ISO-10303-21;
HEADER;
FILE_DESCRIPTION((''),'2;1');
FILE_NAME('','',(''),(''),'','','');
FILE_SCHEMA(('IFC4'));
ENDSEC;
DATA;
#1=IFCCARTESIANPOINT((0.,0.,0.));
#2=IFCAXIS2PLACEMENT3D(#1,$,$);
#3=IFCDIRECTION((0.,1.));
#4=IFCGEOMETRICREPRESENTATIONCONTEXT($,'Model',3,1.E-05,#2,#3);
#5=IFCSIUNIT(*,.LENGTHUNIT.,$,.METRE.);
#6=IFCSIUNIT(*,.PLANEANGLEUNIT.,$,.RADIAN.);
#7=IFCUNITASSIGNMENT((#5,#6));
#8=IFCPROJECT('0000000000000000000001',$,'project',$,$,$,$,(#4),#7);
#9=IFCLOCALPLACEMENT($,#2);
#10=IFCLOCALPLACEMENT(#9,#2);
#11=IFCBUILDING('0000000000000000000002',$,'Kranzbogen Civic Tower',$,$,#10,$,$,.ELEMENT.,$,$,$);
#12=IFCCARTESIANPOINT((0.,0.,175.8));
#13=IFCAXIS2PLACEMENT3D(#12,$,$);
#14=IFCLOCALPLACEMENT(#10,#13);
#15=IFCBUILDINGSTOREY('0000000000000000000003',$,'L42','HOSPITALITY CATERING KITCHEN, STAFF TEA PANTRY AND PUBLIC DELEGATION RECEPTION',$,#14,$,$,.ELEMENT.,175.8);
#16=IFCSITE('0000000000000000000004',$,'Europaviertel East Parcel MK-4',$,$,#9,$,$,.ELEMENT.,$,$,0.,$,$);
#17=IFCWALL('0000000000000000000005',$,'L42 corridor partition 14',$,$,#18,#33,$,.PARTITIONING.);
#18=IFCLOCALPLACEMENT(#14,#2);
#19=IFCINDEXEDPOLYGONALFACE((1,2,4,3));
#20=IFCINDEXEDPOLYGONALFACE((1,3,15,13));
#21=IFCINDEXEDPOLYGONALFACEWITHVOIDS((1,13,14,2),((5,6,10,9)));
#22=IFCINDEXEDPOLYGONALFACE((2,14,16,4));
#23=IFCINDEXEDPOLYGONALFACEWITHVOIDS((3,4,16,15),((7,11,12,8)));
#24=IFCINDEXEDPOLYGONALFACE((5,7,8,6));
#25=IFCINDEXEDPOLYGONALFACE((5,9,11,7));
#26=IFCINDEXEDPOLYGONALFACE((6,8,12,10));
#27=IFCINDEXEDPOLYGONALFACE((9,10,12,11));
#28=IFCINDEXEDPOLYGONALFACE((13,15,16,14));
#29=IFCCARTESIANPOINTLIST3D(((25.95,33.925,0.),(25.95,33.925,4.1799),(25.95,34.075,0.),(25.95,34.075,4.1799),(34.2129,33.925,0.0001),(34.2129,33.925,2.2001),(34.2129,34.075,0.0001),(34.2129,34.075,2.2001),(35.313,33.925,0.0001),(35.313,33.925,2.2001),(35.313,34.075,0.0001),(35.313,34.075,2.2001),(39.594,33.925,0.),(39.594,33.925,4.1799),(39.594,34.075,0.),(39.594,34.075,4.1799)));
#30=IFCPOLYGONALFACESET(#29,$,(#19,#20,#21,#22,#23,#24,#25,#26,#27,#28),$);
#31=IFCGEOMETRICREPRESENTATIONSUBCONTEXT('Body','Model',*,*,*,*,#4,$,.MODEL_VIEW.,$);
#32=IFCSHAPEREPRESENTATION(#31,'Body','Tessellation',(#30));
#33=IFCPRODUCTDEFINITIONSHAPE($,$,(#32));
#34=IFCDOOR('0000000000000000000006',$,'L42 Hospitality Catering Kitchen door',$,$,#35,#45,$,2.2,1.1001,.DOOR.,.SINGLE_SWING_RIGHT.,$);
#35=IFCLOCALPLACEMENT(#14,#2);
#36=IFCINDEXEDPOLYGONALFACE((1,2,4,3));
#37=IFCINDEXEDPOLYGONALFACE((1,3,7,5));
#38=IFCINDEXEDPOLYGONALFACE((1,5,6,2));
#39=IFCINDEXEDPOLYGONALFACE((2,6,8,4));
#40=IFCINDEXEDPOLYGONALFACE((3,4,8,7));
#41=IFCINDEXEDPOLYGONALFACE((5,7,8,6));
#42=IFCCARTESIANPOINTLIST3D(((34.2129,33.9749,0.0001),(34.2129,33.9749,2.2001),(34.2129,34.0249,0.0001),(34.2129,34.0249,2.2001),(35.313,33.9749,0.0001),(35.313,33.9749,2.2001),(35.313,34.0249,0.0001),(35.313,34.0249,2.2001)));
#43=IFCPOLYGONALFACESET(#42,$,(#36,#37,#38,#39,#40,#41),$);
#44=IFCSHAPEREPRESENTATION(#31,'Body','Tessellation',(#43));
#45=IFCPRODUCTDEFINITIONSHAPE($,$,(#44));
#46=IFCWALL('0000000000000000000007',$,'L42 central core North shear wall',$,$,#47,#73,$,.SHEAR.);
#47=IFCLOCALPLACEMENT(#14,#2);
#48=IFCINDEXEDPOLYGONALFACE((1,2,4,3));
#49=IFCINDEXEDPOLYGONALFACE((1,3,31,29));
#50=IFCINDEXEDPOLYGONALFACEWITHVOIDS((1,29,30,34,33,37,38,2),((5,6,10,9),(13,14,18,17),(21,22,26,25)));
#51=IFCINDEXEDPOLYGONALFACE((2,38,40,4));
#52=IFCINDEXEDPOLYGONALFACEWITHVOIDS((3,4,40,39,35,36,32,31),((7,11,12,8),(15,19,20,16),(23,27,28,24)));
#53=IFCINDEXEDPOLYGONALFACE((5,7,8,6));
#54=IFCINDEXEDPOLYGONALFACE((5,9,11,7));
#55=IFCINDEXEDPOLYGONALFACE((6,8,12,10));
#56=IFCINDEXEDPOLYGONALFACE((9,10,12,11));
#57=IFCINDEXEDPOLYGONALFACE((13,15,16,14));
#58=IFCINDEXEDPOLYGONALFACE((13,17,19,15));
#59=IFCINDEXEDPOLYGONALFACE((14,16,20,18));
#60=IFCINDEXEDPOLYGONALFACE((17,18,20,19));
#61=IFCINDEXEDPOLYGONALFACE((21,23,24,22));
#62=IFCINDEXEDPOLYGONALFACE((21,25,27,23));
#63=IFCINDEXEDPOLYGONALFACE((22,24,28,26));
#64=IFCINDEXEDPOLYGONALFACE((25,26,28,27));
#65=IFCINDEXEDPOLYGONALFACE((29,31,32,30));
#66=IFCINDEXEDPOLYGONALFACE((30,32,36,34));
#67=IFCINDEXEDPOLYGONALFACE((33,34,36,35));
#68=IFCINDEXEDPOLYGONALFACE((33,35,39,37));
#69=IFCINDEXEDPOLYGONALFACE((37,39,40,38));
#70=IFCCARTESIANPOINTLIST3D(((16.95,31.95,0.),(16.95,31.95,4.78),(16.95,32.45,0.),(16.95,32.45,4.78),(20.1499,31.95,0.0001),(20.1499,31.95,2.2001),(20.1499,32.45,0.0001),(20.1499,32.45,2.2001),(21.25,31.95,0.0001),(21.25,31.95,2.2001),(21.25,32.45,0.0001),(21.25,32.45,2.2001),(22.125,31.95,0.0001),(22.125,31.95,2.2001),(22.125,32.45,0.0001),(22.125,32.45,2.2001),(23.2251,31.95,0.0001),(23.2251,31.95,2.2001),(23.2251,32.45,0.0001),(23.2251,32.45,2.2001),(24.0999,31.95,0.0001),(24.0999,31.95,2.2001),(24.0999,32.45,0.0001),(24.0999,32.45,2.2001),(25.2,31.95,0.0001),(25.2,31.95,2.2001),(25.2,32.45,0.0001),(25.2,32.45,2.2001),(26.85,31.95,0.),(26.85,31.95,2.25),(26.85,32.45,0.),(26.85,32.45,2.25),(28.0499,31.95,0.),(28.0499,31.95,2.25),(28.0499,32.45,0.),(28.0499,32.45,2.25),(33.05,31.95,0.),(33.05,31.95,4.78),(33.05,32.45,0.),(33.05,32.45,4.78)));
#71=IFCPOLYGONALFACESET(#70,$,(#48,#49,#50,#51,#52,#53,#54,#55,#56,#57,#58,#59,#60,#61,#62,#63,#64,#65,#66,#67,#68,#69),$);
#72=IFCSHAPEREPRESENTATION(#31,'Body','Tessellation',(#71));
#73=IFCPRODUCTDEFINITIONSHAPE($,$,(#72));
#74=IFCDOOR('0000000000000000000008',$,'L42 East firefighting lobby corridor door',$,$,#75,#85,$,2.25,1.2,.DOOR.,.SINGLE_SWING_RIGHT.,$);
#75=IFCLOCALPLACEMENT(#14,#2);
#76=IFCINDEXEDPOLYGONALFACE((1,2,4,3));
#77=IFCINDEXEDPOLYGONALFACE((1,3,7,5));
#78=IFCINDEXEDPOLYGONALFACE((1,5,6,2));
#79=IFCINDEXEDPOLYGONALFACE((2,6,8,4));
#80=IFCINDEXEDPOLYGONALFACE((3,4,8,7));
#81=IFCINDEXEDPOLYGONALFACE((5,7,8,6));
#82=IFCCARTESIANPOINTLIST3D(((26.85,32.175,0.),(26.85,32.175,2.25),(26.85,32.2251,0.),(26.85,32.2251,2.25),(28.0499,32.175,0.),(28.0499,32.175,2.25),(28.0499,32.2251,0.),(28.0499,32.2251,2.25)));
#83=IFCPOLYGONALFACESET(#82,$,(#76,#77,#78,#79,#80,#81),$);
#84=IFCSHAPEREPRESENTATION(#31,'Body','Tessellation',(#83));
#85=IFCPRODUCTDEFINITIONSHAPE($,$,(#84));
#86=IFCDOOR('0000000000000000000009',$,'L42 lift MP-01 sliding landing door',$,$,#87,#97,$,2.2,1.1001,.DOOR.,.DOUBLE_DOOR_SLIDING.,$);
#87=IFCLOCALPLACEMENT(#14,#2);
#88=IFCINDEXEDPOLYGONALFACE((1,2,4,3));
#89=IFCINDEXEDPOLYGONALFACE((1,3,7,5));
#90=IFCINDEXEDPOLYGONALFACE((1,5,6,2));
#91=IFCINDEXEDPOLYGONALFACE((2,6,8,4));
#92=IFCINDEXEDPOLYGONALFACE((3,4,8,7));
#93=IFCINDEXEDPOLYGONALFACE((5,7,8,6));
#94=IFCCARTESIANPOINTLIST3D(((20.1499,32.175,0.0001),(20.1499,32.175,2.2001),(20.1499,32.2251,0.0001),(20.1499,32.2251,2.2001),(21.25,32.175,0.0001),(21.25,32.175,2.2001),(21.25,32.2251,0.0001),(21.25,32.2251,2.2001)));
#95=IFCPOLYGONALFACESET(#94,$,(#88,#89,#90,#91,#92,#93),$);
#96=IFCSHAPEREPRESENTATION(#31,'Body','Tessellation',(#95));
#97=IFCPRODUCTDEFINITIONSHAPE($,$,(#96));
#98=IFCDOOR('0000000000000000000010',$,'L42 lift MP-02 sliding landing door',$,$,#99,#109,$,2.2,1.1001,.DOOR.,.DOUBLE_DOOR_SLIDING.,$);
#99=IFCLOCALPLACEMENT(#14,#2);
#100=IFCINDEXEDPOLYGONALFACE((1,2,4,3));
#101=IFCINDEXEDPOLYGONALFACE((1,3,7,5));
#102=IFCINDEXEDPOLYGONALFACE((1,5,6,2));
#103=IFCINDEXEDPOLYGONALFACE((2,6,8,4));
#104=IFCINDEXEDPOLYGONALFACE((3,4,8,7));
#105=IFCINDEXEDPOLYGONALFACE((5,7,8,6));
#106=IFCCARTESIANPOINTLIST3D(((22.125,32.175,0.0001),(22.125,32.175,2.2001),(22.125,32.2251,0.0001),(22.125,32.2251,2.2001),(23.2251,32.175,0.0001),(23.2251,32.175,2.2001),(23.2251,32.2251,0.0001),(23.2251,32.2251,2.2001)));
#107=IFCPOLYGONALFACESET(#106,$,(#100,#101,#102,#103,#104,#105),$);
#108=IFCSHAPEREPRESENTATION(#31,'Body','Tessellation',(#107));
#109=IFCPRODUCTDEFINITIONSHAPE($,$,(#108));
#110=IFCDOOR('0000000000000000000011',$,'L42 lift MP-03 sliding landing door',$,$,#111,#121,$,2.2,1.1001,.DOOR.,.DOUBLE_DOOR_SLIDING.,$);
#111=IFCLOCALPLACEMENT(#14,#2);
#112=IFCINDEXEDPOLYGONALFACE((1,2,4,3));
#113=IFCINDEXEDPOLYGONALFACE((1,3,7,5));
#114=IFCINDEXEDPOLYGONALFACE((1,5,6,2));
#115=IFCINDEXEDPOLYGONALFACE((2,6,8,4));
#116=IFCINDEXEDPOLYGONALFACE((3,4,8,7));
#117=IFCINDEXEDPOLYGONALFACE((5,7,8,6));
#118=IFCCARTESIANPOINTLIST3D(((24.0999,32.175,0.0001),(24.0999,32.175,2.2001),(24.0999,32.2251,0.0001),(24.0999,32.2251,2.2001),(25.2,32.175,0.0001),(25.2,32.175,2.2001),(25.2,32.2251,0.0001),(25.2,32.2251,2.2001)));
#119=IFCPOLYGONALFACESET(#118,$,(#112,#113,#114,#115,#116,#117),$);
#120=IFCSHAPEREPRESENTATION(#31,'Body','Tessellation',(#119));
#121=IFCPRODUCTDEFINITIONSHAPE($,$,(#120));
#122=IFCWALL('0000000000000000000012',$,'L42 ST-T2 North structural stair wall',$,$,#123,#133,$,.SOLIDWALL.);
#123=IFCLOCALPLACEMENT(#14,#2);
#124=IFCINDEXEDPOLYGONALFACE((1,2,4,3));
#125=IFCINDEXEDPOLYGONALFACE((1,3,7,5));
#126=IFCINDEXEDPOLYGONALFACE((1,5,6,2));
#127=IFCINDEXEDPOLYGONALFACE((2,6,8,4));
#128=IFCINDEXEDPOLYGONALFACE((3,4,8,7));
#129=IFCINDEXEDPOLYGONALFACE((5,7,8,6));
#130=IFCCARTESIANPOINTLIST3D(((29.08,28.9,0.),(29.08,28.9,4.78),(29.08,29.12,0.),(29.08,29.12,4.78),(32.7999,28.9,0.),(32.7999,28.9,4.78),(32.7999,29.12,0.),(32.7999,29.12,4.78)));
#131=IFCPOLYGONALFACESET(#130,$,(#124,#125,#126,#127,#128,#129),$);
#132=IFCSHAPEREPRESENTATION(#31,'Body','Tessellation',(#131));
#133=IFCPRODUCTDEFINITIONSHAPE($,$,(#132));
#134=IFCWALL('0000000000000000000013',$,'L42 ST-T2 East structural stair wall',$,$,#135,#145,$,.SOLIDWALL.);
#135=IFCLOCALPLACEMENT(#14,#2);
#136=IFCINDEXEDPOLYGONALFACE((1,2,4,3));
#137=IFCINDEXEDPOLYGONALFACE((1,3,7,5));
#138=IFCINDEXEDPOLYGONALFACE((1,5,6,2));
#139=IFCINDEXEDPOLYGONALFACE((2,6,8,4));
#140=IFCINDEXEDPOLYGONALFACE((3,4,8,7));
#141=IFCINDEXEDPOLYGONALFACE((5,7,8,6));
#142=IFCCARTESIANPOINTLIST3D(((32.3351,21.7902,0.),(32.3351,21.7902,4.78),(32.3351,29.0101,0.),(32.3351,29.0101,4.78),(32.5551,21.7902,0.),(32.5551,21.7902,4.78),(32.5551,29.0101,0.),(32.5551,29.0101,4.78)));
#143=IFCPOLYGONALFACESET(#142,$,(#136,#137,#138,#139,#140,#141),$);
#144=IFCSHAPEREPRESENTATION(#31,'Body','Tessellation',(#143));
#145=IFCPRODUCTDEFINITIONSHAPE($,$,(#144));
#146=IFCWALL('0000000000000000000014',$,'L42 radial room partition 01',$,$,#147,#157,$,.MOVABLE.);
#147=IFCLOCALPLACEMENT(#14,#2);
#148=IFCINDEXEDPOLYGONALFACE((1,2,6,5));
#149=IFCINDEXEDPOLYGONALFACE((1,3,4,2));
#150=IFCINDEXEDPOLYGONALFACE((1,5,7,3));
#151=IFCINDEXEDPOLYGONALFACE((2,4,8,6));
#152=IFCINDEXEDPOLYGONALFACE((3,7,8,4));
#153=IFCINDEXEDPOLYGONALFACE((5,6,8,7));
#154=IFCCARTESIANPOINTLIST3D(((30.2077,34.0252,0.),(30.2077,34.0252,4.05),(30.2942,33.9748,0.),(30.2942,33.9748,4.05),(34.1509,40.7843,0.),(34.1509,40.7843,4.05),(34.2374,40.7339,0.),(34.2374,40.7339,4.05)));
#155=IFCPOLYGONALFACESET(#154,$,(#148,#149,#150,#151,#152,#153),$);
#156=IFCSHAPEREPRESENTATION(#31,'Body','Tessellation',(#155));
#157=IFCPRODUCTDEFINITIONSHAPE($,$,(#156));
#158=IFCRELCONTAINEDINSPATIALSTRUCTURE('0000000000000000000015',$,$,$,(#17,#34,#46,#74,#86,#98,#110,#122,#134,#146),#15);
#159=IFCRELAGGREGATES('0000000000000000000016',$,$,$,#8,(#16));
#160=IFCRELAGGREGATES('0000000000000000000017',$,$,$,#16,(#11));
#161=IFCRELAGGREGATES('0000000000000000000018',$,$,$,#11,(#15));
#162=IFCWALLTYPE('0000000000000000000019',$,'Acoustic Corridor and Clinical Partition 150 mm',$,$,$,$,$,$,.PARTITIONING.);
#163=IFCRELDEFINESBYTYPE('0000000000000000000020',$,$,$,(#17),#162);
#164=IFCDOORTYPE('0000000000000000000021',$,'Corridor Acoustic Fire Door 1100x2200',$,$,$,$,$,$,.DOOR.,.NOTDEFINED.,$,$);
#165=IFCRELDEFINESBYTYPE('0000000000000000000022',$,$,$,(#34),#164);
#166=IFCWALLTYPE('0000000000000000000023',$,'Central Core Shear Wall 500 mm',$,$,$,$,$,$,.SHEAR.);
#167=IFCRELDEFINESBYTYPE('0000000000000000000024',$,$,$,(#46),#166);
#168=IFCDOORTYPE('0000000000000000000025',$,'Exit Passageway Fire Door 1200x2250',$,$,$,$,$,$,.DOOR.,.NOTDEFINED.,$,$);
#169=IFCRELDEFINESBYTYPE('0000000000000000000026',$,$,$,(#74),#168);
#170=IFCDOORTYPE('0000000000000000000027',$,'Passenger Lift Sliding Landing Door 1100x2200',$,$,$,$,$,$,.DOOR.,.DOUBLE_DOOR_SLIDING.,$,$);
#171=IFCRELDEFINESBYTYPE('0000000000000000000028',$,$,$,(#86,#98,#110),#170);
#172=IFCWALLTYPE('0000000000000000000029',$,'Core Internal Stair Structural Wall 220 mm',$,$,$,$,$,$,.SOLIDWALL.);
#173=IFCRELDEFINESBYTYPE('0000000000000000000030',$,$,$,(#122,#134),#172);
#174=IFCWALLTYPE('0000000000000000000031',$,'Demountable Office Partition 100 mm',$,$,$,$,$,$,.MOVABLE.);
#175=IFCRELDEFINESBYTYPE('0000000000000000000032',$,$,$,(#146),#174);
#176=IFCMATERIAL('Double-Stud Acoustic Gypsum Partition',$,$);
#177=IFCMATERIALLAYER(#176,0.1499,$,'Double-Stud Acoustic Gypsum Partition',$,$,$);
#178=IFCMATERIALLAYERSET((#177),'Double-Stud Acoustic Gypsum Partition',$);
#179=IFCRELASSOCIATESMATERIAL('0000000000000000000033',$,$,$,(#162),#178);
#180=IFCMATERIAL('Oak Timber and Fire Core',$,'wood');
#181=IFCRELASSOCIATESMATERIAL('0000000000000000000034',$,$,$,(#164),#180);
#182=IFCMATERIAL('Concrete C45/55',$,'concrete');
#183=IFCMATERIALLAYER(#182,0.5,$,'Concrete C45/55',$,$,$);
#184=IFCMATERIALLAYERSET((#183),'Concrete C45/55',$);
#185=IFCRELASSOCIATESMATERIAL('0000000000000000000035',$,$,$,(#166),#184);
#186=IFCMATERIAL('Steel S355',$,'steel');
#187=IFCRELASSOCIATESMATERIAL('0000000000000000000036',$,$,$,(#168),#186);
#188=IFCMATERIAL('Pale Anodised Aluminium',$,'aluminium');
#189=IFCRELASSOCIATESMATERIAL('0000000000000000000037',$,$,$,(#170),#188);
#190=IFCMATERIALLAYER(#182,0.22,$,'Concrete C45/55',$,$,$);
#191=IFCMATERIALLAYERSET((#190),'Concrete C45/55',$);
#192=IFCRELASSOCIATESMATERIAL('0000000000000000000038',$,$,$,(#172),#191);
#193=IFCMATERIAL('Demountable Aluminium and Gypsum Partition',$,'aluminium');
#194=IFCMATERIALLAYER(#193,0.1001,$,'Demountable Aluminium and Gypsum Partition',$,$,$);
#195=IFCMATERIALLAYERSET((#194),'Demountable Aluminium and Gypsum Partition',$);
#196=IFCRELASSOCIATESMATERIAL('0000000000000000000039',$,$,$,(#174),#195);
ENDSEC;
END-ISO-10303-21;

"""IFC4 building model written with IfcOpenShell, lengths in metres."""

from ifc_helpers import new_model, si_unit, direction, frame, frame_2d, origin, place, context, subcontext, project, spatial, rectangle, extrude, material, layer, layer_set, type_object, element, fill, save


model = new_model("IFC4")

# Units and contexts
model_context = context("Model", 3, precision=1e-05, world=origin(), true_north=direction((0.0, 1.0)))
body_context = subcontext(model_context, "Body", "Model", "MODEL_VIEW")
ifc_project = project(units=[si_unit("LENGTHUNIT", "METRE"), si_unit("PLANEANGLEUNIT", "RADIAN")], contexts=[model_context])

# Site, building, storey
site_placement = place(None, origin())
site = spatial("IfcSite", under=ifc_project, at=site_placement, Name="Europaviertel East Parcel MK-4", CompositionType="ELEMENT", RefElevation=0.0)
building_placement = place(site_placement, origin())
building = spatial("IfcBuilding", under=site, at=building_placement, Name="Kranzbogen Civic Tower", CompositionType="ELEMENT")
storey_placement = place(building_placement, frame((0.0, 0.0, 175.8)))
storey = spatial("IfcBuildingStorey", under=building, at=storey_placement, Name="L42", Description="HOSPITALITY CATERING KITCHEN, STAFF TEA PANTRY AND PUBLIC DELEGATION RECEPTION", CompositionType="ELEMENT", Elevation=175.8)

# Shared definitions
ifc_material_1 = material(Name="Steel S355", Category="steel")

# Wall, opening, door
ifc_material_2 = material(Name="Double-Stud Acoustic Gypsum Partition")
ifc_layer_1 = layer(ifc_material_2, 0.1499, Name="Double-Stud Acoustic Gypsum Partition")
ifc_layer_set_1 = layer_set([ifc_layer_1], Name="Double-Stud Acoustic Gypsum Partition")
wall_type_1 = type_object("IfcWallType", Name="Acoustic Corridor and Clinical Partition 150 mm", PredefinedType="PARTITIONING", material=ifc_layer_set_1)
ifc_material_3 = material(Name="Oak Timber and Fire Core", Category="wood")
door_type_1 = type_object("IfcDoorType", Name="Corridor Acoustic Fire Door 1100x2200", OperationType="NOTDEFINED", PredefinedType="DOOR", material=ifc_material_3)
wall_1_placement = place(storey_placement, frame((25.95, 34.0, 0.0), z_axis=(0.0, 0.0, 1.0), x_axis=(1.0, 0.0, 0.0)))
wall_1 = element("IfcWall", 1, at=wall_1_placement, inside=storey, type_object=wall_type_1, Name="L42 corridor partition 14", PredefinedType="PARTITIONING", context=body_context, shape_type="SweptSolid", body=[
    extrude(rectangle(XDim=13.644, YDim=0.1499, at=frame_2d((6.822, 0.0))), origin(), (0.0, 0.0, 1.0), 4.1799),
])
opening_1_placement = place(wall_1_placement, frame((8.2629, 0.0, 0.0)))
opening_1 = element("IfcOpeningElement", 2, at=opening_1_placement, cuts=wall_1, PredefinedType="OPENING", context=body_context, shape_type="SweptSolid", body=[
    extrude(rectangle(XDim=1.1001, YDim=2.2, at=frame_2d((0.55, 1.1001))), frame((0.0, 0.085, 0.0), z_axis=(0.0, -1.0, 0.0), x_axis=(1.0, 0.0, 0.0)), (0.0, 0.0, 1.0), 0.1699),
])
door_1_placement = place(opening_1_placement, origin())
door_1 = element("IfcDoor", 3, at=door_1_placement, inside=storey, type_object=door_type_1, Name="L42 Hospitality Catering Kitchen door", OperationType="SINGLE_SWING_RIGHT", OverallHeight=2.2, OverallWidth=1.1001, PredefinedType="DOOR", context=body_context, shape_type="SweptSolid", body=[
    extrude(rectangle(XDim=1.1001, YDim=2.2, at=frame_2d((0.55, 1.1001))), frame((0.0, 0.0249, 0.0), z_axis=(0.0, -1.0, 0.0), x_axis=(1.0, 0.0, 0.0)), (0.0, 0.0, 1.0), 0.05),
])
fill(opening_1, door_1)

# Wall, openings, doors
ifc_material_4 = material(Name="Concrete C45/55", Category="concrete")
ifc_layer_2 = layer(ifc_material_4, 0.5, Name="Concrete C45/55")
ifc_layer_set_2 = layer_set([ifc_layer_2], Name="Concrete C45/55")
wall_type_2 = type_object("IfcWallType", Name="Central Core Shear Wall 500 mm", PredefinedType="SHEAR", material=ifc_layer_set_2)
wall_2_placement = place(storey_placement, frame((33.05, 32.2, 0.0), z_axis=(0.0, 0.0, 1.0), x_axis=(-1.0, 0.0, 0.0)))
wall_2 = element("IfcWall", 4, at=wall_2_placement, inside=storey, type_object=wall_type_2, Name="L42 central core North shear wall", PredefinedType="SHEAR", context=body_context, shape_type="SweptSolid", body=[
    extrude(rectangle(XDim=16.1001, YDim=0.5, at=frame_2d((8.05, 0.0))), origin(), (0.0, 0.0, 1.0), 4.78),
])
opening_2_placement = place(wall_2_placement, frame((5.0, 0.0, 0.0)))
opening_2 = element("IfcOpeningElement", 5, at=opening_2_placement, cuts=wall_2, PredefinedType="OPENING", context=body_context, shape_type="SweptSolid", body=[
    extrude(rectangle(XDim=1.2, YDim=2.25, at=frame_2d((0.6001, 1.125))), frame((0.0, 0.26, 0.0), z_axis=(0.0, -1.0, 0.0), x_axis=(1.0, 0.0, 0.0)), (0.0, 0.0, 1.0), 0.52),
])
opening_3_placement = place(wall_2_placement, frame((11.8, 0.0, 0.0)))
opening_3 = element("IfcOpeningElement", 6, at=opening_3_placement, cuts=wall_2, PredefinedType="OPENING", context=body_context, shape_type="SweptSolid", body=[
    extrude(rectangle(XDim=1.1001, YDim=2.2, at=frame_2d((0.55, 1.1001))), frame((0.0, 0.26, 0.0), z_axis=(0.0, -1.0, 0.0), x_axis=(1.0, 0.0, 0.0)), (0.0, 0.0, 1.0), 0.52),
])
opening_4_placement = place(wall_2_placement, frame((9.825, 0.0, 0.0)))
opening_4 = element("IfcOpeningElement", 7, at=opening_4_placement, cuts=wall_2, PredefinedType="OPENING", context=body_context, shape_type="SweptSolid", body=[
    extrude(rectangle(XDim=1.1001, YDim=2.2, at=frame_2d((0.55, 1.1001))), frame((0.0, 0.26, 0.0), z_axis=(0.0, -1.0, 0.0), x_axis=(1.0, 0.0, 0.0)), (0.0, 0.0, 1.0), 0.52),
])
opening_5_placement = place(wall_2_placement, frame((7.8501, 0.0, 0.0)))
opening_5 = element("IfcOpeningElement", 8, at=opening_5_placement, cuts=wall_2, PredefinedType="OPENING", context=body_context, shape_type="SweptSolid", body=[
    extrude(rectangle(XDim=1.1001, YDim=2.2, at=frame_2d((0.55, 1.1001))), frame((0.0, 0.26, 0.0), z_axis=(0.0, -1.0, 0.0), x_axis=(1.0, 0.0, 0.0)), (0.0, 0.0, 1.0), 0.52),
])
door_type_2 = type_object("IfcDoorType", Name="Exit Passageway Fire Door 1200x2250", OperationType="NOTDEFINED", PredefinedType="DOOR", material=ifc_material_1)
door_2_placement = place(opening_2_placement, origin())
door_2 = element("IfcDoor", 9, at=door_2_placement, inside=storey, type_object=door_type_2, Name="L42 East firefighting lobby corridor door", OperationType="SINGLE_SWING_RIGHT", OverallHeight=2.25, OverallWidth=1.2, PredefinedType="DOOR", context=body_context, shape_type="SweptSolid", body=[
    extrude(rectangle(XDim=1.2, YDim=2.25, at=frame_2d((0.6001, 1.125))), frame((0.0, 0.0249, 0.0), z_axis=(0.0, -1.0, 0.0), x_axis=(1.0, 0.0, 0.0)), (0.0, 0.0, 1.0), 0.05),
])
fill(opening_2, door_2)
ifc_material_5 = material(Name="Pale Anodised Aluminium", Category="aluminium")
door_type_3 = type_object("IfcDoorType", Name="Passenger Lift Sliding Landing Door 1100x2200", OperationType="DOUBLE_DOOR_SLIDING", PredefinedType="DOOR", material=ifc_material_5)
door_3_placement = place(opening_3_placement, origin())
door_3 = element("IfcDoor", 10, at=door_3_placement, inside=storey, type_object=door_type_3, Name="L42 lift MP-01 sliding landing door", OperationType="DOUBLE_DOOR_SLIDING", OverallHeight=2.2, OverallWidth=1.1001, PredefinedType="DOOR", context=body_context, shape_type="SweptSolid", body=[
    extrude(rectangle(XDim=1.1001, YDim=2.2, at=frame_2d((0.55, 1.1001))), frame((0.0, 0.0249, 0.0), z_axis=(0.0, -1.0, 0.0), x_axis=(1.0, 0.0, 0.0)), (0.0, 0.0, 1.0), 0.05),
])
fill(opening_3, door_3)
door_4_placement = place(opening_4_placement, origin())
door_4 = element("IfcDoor", 11, at=door_4_placement, inside=storey, type_object=door_type_3, Name="L42 lift MP-02 sliding landing door", OperationType="DOUBLE_DOOR_SLIDING", OverallHeight=2.2, OverallWidth=1.1001, PredefinedType="DOOR", context=body_context, shape_type="SweptSolid", body=[
    extrude(rectangle(XDim=1.1001, YDim=2.2, at=frame_2d((0.55, 1.1001))), frame((0.0, 0.0249, 0.0), z_axis=(0.0, -1.0, 0.0), x_axis=(1.0, 0.0, 0.0)), (0.0, 0.0, 1.0), 0.05),
])
fill(opening_4, door_4)
door_5_placement = place(opening_5_placement, origin())
door_5 = element("IfcDoor", 12, at=door_5_placement, inside=storey, type_object=door_type_3, Name="L42 lift MP-03 sliding landing door", OperationType="DOUBLE_DOOR_SLIDING", OverallHeight=2.2, OverallWidth=1.1001, PredefinedType="DOOR", context=body_context, shape_type="SweptSolid", body=[
    extrude(rectangle(XDim=1.1001, YDim=2.2, at=frame_2d((0.55, 1.1001))), frame((0.0, 0.0249, 0.0), z_axis=(0.0, -1.0, 0.0), x_axis=(1.0, 0.0, 0.0)), (0.0, 0.0, 1.0), 0.05),
])
fill(opening_5, door_5)

# Walls
ifc_layer_3 = layer(ifc_material_4, 0.22, Name="Concrete C45/55")
ifc_layer_set_3 = layer_set([ifc_layer_3], Name="Concrete C45/55")
wall_type_3 = type_object("IfcWallType", Name="Core Internal Stair Structural Wall 220 mm", PredefinedType="SOLIDWALL", material=ifc_layer_set_3)
wall_3_placement = place(storey_placement, frame((29.0801, 29.01, 0.0), z_axis=(0.0, 0.0, 1.0), x_axis=(1.0, 0.0, 0.0)))
element("IfcWall", 13, at=wall_3_placement, inside=storey, type_object=wall_type_3, Name="L42 ST-T2 North structural stair wall", PredefinedType="SOLIDWALL", context=body_context, shape_type="SweptSolid", body=[
    extrude(rectangle(XDim=3.72, YDim=0.22, at=frame_2d((1.8599, 0.0))), origin(), (0.0, 0.0, 1.0), 4.78),
])
wall_4_placement = place(storey_placement, frame((32.4451, 29.01, 0.0), z_axis=(0.0, 0.0, 1.0), x_axis=(0.0, -1.0, 0.0)))
element("IfcWall", 14, at=wall_4_placement, inside=storey, type_object=wall_type_3, Name="L42 ST-T2 East structural stair wall", PredefinedType="SOLIDWALL", context=body_context, shape_type="SweptSolid", body=[
    extrude(rectangle(XDim=7.22, YDim=0.22, at=frame_2d((3.6099, 0.0))), origin(), (0.0, 0.0, 1.0), 4.78),
])
ifc_material_6 = material(Name="Demountable Aluminium and Gypsum Partition", Category="aluminium")
ifc_layer_4 = layer(ifc_material_6, 0.1001, Name="Demountable Aluminium and Gypsum Partition")
ifc_layer_set_4 = layer_set([ifc_layer_4], Name="Demountable Aluminium and Gypsum Partition")
wall_type_4 = type_object("IfcWallType", Name="Demountable Office Partition 100 mm", PredefinedType="MOVABLE", material=ifc_layer_set_4)
wall_5_placement = place(storey_placement, frame((30.251, 34.0, 0.0), z_axis=(0.0, 0.0, 1.0), x_axis=(0.503904, 0.86376, 0.0)))
element("IfcWall", 15, at=wall_5_placement, inside=storey, type_object=wall_type_4, Name="L42 radial room partition 01", PredefinedType="MOVABLE", context=body_context, shape_type="SweptSolid", body=[
    extrude(rectangle(XDim=7.8252, YDim=0.1001, at=frame_2d((3.9126, 0.0))), origin(), (0.0, 0.0, 1.0), 4.05),
])

save(model, "model.ifc")
